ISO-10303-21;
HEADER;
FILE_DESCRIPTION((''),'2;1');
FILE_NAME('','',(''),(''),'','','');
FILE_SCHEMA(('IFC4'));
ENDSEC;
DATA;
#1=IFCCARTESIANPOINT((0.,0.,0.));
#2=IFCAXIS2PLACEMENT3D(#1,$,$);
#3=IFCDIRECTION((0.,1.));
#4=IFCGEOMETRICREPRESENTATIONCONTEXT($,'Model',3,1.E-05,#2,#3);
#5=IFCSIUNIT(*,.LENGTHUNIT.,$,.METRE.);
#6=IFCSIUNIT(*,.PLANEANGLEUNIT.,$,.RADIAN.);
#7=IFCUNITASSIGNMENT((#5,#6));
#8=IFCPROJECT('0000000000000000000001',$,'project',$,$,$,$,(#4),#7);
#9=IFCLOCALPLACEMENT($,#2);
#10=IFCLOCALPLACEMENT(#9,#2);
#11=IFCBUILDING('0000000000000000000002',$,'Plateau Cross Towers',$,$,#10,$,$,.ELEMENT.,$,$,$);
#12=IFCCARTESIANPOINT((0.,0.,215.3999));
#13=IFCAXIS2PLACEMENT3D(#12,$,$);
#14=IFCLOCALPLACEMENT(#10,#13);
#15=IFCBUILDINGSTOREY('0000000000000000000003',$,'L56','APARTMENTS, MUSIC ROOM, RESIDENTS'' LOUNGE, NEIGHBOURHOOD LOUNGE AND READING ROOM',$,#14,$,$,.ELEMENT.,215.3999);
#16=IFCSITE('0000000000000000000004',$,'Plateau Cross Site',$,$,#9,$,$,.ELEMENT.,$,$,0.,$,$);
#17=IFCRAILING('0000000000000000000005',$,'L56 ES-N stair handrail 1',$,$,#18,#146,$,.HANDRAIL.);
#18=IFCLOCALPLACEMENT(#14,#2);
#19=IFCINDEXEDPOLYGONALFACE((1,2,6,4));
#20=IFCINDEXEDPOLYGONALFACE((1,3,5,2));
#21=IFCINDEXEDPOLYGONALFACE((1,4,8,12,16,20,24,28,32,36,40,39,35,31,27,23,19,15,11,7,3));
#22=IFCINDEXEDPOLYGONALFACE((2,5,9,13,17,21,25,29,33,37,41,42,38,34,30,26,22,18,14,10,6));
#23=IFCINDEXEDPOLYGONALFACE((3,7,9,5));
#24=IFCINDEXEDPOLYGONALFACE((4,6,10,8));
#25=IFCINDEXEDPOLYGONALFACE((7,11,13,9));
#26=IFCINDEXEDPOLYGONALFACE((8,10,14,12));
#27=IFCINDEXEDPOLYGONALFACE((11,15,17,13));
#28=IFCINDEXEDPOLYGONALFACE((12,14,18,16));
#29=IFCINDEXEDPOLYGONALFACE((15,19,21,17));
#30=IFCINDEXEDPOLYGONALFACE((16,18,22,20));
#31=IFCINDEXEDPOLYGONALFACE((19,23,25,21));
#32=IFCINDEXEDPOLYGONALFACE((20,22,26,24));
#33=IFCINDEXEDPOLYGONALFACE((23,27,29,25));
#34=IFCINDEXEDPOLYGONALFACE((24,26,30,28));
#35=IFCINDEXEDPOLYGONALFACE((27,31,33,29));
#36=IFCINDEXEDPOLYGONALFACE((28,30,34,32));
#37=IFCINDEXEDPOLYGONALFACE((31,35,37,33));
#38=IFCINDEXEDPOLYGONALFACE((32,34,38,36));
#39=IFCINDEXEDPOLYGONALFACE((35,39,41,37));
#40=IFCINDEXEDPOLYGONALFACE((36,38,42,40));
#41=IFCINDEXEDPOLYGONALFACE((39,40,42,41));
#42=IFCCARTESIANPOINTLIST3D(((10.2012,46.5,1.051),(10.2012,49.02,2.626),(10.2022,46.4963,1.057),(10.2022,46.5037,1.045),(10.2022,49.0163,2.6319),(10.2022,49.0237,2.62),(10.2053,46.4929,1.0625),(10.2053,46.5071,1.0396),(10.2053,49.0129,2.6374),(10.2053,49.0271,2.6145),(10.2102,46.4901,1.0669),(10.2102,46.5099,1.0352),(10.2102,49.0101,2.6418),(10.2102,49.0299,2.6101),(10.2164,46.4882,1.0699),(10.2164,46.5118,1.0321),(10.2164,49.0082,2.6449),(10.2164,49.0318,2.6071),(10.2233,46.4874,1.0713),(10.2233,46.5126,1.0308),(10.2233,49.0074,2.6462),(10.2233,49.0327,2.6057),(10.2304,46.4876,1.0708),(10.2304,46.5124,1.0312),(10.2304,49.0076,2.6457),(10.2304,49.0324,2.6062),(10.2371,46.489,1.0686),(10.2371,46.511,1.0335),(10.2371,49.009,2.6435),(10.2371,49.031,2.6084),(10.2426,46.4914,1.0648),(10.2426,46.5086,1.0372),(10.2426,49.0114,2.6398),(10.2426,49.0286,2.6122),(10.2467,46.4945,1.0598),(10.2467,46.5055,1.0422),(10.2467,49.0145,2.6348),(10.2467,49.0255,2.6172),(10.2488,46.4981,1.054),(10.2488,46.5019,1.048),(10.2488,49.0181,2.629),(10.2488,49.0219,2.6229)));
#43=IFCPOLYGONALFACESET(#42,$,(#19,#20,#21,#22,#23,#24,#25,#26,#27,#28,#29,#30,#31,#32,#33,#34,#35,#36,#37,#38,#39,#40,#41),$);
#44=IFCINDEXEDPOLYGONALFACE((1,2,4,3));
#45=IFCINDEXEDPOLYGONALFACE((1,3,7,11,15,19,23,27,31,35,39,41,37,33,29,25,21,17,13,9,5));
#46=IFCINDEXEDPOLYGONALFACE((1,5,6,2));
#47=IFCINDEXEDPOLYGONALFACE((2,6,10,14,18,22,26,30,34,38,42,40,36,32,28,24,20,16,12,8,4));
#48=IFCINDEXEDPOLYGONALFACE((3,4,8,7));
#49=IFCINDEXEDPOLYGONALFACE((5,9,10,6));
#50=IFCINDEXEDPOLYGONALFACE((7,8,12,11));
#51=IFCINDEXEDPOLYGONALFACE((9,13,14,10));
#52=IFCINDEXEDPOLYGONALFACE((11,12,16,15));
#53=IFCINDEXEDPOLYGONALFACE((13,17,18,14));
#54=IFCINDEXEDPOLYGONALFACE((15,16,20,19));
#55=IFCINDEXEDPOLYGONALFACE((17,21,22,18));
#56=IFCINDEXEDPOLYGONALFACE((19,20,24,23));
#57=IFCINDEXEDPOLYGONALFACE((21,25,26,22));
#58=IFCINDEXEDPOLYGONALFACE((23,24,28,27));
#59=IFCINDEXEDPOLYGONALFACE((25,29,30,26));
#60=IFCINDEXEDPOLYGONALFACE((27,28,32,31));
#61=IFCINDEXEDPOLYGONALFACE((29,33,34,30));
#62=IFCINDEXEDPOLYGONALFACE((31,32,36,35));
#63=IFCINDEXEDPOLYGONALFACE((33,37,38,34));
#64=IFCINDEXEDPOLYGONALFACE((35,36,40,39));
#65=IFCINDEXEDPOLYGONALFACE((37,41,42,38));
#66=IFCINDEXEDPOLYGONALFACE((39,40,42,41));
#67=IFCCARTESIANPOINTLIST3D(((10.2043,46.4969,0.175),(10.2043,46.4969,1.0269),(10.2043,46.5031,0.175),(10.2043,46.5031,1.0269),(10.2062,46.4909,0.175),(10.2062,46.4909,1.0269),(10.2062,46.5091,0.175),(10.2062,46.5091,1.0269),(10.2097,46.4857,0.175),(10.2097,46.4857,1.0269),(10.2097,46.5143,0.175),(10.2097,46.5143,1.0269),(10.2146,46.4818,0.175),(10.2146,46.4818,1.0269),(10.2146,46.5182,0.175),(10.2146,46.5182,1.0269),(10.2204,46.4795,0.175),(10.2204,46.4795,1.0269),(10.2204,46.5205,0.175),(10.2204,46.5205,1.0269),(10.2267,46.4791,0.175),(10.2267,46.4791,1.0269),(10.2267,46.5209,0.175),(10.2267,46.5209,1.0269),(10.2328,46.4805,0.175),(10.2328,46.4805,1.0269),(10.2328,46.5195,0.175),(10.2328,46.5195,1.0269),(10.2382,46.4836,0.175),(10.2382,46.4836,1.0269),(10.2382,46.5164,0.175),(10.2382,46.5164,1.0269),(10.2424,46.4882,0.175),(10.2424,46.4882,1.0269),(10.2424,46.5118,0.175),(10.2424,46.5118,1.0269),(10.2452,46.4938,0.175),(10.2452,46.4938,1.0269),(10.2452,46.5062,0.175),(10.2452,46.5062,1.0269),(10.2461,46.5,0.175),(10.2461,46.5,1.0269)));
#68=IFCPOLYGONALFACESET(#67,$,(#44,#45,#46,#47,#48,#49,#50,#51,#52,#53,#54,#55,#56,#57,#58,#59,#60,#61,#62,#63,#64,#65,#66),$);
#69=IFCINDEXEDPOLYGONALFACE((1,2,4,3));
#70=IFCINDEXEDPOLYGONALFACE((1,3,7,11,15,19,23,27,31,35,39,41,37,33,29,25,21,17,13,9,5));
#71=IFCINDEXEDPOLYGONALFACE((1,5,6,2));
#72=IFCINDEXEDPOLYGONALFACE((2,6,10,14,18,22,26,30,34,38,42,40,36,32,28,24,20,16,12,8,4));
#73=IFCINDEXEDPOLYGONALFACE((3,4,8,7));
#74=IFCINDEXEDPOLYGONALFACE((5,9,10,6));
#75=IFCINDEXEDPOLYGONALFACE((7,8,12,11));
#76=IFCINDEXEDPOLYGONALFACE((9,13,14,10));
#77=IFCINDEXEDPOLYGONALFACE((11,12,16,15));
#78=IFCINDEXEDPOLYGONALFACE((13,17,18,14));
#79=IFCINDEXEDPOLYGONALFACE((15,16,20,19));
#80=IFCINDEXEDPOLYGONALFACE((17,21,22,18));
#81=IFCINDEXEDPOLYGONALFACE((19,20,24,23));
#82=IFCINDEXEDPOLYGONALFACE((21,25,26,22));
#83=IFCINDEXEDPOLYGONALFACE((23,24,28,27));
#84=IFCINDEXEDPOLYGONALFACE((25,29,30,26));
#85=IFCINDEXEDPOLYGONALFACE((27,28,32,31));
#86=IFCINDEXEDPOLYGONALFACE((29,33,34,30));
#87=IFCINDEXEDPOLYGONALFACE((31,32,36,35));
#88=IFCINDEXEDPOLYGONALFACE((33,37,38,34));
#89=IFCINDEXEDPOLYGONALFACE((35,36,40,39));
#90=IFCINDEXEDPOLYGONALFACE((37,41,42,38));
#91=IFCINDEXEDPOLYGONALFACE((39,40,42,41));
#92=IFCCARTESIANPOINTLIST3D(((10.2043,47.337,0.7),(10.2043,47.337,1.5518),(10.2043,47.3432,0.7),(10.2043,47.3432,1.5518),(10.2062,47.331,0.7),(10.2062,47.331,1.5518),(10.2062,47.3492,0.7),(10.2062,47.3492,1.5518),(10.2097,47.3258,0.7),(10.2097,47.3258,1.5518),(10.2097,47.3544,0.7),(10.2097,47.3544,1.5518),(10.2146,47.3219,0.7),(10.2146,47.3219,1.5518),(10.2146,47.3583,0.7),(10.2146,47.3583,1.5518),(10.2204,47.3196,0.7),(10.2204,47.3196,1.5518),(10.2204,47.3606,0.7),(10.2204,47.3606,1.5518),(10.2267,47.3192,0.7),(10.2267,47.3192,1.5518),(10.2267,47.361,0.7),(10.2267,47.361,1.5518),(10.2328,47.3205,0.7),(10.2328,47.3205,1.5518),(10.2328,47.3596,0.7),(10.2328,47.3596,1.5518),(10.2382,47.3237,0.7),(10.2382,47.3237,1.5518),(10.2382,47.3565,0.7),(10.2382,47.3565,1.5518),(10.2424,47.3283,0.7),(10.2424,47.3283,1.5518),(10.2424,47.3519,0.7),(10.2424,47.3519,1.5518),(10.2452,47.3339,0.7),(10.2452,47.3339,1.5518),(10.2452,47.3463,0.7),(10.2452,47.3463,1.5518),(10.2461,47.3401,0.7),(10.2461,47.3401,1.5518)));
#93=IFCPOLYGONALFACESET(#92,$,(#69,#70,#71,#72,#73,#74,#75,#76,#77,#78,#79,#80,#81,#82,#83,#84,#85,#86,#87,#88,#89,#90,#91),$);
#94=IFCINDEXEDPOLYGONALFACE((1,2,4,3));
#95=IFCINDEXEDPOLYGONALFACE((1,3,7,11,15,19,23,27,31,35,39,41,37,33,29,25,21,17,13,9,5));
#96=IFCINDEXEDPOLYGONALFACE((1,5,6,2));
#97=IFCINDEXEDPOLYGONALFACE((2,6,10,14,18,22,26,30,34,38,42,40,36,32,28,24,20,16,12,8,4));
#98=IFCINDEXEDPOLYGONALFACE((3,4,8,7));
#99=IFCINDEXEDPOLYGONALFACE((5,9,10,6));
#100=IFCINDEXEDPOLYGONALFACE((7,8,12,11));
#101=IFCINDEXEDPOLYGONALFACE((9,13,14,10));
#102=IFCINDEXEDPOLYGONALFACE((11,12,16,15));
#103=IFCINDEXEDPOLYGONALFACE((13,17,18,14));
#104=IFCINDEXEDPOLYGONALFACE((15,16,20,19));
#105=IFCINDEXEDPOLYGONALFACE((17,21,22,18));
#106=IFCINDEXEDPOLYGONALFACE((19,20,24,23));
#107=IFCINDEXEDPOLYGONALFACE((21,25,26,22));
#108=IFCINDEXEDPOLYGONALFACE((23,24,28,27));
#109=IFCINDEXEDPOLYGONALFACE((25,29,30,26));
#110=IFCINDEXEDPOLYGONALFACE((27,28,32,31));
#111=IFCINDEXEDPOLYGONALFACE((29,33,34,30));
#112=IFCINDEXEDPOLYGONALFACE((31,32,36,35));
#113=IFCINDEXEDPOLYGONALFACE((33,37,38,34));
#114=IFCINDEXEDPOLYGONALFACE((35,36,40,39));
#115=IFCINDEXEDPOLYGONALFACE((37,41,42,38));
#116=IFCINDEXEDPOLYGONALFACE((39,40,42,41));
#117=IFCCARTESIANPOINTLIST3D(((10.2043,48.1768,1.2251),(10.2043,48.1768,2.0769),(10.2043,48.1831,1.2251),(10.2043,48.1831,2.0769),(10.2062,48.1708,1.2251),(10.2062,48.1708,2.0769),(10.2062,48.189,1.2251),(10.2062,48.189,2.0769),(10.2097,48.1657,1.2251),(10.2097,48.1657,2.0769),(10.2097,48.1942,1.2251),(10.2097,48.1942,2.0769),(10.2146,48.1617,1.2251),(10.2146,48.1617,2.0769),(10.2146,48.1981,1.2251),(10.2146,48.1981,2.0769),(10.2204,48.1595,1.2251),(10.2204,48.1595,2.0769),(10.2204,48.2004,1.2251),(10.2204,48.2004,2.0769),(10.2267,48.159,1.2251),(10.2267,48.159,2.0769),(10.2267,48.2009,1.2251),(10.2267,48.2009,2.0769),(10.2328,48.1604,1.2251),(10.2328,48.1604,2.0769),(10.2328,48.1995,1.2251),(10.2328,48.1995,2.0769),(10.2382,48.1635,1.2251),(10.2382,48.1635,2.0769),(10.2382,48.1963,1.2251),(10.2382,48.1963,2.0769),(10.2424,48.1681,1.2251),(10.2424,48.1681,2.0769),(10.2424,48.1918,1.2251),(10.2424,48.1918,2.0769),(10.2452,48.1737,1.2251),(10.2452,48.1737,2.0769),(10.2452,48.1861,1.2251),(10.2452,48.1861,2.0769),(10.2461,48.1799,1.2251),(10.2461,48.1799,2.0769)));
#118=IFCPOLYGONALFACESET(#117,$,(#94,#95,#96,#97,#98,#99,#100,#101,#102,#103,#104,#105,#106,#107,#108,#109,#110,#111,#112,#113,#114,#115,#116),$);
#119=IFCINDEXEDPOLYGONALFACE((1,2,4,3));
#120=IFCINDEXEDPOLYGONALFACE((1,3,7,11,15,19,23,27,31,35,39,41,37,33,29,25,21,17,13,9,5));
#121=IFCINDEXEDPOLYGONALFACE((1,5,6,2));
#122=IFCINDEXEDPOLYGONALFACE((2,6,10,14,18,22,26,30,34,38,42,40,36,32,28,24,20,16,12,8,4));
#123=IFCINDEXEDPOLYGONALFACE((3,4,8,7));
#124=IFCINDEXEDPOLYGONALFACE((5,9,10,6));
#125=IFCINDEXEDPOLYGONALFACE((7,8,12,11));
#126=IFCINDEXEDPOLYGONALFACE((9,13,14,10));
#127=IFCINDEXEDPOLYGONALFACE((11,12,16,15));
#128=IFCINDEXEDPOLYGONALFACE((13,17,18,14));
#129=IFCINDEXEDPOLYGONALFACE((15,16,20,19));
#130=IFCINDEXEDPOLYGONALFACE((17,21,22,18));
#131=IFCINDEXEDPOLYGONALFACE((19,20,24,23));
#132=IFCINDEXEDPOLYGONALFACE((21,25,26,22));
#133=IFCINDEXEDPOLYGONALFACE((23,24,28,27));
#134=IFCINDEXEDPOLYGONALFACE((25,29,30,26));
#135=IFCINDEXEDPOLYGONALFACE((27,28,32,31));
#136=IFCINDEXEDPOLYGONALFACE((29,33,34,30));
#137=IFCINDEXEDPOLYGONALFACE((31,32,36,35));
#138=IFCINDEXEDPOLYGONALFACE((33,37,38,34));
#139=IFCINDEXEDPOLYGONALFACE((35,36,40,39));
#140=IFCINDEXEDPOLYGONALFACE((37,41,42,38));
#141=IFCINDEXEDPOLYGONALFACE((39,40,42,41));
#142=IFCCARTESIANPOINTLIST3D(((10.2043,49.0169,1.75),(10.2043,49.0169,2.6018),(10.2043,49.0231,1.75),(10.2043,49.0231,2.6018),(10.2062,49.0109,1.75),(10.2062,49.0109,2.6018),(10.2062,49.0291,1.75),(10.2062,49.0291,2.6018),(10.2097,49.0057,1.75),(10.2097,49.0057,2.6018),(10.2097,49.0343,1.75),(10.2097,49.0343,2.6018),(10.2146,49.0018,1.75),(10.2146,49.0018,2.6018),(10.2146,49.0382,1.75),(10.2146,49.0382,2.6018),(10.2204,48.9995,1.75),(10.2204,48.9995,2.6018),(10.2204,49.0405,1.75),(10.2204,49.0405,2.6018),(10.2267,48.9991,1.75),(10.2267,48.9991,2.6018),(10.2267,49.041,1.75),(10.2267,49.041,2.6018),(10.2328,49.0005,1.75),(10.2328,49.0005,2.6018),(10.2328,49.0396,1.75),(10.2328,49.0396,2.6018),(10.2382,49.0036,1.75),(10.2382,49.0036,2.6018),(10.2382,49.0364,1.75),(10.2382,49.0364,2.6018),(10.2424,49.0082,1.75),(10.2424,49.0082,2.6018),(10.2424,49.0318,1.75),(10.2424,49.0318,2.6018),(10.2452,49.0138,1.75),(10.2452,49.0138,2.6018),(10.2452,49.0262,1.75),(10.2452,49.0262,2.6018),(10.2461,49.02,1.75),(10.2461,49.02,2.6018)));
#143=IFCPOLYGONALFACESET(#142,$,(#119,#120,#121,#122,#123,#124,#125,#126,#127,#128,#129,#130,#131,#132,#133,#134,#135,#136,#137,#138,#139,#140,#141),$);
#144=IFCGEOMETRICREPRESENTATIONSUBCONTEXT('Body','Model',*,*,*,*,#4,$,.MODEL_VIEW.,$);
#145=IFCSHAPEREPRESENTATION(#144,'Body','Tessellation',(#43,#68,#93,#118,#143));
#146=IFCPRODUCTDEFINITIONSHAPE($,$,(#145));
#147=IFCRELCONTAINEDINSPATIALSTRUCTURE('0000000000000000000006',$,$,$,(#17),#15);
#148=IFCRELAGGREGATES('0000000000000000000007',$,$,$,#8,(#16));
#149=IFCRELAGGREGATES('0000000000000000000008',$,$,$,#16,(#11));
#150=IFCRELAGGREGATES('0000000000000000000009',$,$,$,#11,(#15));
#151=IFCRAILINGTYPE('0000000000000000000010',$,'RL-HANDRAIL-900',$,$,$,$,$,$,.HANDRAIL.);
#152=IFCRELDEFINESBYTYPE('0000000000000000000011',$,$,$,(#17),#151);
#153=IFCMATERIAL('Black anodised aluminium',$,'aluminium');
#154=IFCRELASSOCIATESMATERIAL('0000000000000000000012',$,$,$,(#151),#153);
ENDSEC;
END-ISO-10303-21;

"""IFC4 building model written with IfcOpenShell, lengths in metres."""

from ifc_helpers import new_model, si_unit, direction, frame, origin, origin_2d, place, context, subcontext, project, spatial, circle, extrude, material, type_object, element, save


model = new_model("IFC4")

# Units and contexts
model_context = context("Model", 3, precision=1e-05, world=origin(), true_north=direction((0.0, 1.0)))
body_context = subcontext(model_context, "Body", "Model", "MODEL_VIEW")
ifc_project = project(units=[si_unit("LENGTHUNIT", "METRE"), si_unit("PLANEANGLEUNIT", "RADIAN")], contexts=[model_context])

# Site, building, storey
site_placement = place(None, origin())
site = spatial("IfcSite", under=ifc_project, at=site_placement, Name="Plateau Cross Site", CompositionType="ELEMENT", RefElevation=0.0)
building_placement = place(site_placement, origin())
building = spatial("IfcBuilding", under=site, at=building_placement, Name="Plateau Cross Towers", CompositionType="ELEMENT")
storey_placement = place(building_placement, frame((0.0, 0.0, 215.3999)))
storey = spatial("IfcBuildingStorey", under=building, at=storey_placement, Name="L56", Description="APARTMENTS, MUSIC ROOM, RESIDENTS' LOUNGE, NEIGHBOURHOOD LOUNGE AND READING ROOM", CompositionType="ELEMENT", Elevation=215.3999)

# Shared definitions
ifc_material_1 = material(Name="Black anodised aluminium", Category="aluminium")

# Railing
railing_type_1 = type_object("IfcRailingType", Name="RL-HANDRAIL-900", PredefinedType="HANDRAIL", material=ifc_material_1)
railing_1_placement = place(storey_placement, frame((10.2251, 46.5, 0.175)))
element("IfcRailing", 1, at=railing_1_placement, inside=storey, type_object=railing_type_1, Name="L56 ES-N stair handrail 1", PredefinedType="HANDRAIL", context=body_context, shape_type="SweptSolid", body=[
    extrude(circle(Radius=0.0239, at=origin_2d()), frame((0.0, 0.0, 0.876), z_axis=(0.0, 0.848008, 0.529984), x_axis=(-1.0, 0.0, 0.0)), (0.0, 0.0, 1.0), 2.9717),
    extrude(circle(Radius=0.021, at=origin_2d()), origin(), (0.0, 0.0, 1.0), 0.8518),
    extrude(circle(Radius=0.021, at=origin_2d()), frame((0.0, 0.8401, 0.5249)), (0.0, 0.0, 1.0), 0.8518),
    extrude(circle(Radius=0.021, at=origin_2d()), frame((0.0, 1.6799, 1.05)), (0.0, 0.0, 1.0), 0.8518),
    extrude(circle(Radius=0.021, at=origin_2d()), frame((0.0, 2.52, 1.575)), (0.0, 0.0, 1.0), 0.8518),
])

save(model, "model.ifc")
